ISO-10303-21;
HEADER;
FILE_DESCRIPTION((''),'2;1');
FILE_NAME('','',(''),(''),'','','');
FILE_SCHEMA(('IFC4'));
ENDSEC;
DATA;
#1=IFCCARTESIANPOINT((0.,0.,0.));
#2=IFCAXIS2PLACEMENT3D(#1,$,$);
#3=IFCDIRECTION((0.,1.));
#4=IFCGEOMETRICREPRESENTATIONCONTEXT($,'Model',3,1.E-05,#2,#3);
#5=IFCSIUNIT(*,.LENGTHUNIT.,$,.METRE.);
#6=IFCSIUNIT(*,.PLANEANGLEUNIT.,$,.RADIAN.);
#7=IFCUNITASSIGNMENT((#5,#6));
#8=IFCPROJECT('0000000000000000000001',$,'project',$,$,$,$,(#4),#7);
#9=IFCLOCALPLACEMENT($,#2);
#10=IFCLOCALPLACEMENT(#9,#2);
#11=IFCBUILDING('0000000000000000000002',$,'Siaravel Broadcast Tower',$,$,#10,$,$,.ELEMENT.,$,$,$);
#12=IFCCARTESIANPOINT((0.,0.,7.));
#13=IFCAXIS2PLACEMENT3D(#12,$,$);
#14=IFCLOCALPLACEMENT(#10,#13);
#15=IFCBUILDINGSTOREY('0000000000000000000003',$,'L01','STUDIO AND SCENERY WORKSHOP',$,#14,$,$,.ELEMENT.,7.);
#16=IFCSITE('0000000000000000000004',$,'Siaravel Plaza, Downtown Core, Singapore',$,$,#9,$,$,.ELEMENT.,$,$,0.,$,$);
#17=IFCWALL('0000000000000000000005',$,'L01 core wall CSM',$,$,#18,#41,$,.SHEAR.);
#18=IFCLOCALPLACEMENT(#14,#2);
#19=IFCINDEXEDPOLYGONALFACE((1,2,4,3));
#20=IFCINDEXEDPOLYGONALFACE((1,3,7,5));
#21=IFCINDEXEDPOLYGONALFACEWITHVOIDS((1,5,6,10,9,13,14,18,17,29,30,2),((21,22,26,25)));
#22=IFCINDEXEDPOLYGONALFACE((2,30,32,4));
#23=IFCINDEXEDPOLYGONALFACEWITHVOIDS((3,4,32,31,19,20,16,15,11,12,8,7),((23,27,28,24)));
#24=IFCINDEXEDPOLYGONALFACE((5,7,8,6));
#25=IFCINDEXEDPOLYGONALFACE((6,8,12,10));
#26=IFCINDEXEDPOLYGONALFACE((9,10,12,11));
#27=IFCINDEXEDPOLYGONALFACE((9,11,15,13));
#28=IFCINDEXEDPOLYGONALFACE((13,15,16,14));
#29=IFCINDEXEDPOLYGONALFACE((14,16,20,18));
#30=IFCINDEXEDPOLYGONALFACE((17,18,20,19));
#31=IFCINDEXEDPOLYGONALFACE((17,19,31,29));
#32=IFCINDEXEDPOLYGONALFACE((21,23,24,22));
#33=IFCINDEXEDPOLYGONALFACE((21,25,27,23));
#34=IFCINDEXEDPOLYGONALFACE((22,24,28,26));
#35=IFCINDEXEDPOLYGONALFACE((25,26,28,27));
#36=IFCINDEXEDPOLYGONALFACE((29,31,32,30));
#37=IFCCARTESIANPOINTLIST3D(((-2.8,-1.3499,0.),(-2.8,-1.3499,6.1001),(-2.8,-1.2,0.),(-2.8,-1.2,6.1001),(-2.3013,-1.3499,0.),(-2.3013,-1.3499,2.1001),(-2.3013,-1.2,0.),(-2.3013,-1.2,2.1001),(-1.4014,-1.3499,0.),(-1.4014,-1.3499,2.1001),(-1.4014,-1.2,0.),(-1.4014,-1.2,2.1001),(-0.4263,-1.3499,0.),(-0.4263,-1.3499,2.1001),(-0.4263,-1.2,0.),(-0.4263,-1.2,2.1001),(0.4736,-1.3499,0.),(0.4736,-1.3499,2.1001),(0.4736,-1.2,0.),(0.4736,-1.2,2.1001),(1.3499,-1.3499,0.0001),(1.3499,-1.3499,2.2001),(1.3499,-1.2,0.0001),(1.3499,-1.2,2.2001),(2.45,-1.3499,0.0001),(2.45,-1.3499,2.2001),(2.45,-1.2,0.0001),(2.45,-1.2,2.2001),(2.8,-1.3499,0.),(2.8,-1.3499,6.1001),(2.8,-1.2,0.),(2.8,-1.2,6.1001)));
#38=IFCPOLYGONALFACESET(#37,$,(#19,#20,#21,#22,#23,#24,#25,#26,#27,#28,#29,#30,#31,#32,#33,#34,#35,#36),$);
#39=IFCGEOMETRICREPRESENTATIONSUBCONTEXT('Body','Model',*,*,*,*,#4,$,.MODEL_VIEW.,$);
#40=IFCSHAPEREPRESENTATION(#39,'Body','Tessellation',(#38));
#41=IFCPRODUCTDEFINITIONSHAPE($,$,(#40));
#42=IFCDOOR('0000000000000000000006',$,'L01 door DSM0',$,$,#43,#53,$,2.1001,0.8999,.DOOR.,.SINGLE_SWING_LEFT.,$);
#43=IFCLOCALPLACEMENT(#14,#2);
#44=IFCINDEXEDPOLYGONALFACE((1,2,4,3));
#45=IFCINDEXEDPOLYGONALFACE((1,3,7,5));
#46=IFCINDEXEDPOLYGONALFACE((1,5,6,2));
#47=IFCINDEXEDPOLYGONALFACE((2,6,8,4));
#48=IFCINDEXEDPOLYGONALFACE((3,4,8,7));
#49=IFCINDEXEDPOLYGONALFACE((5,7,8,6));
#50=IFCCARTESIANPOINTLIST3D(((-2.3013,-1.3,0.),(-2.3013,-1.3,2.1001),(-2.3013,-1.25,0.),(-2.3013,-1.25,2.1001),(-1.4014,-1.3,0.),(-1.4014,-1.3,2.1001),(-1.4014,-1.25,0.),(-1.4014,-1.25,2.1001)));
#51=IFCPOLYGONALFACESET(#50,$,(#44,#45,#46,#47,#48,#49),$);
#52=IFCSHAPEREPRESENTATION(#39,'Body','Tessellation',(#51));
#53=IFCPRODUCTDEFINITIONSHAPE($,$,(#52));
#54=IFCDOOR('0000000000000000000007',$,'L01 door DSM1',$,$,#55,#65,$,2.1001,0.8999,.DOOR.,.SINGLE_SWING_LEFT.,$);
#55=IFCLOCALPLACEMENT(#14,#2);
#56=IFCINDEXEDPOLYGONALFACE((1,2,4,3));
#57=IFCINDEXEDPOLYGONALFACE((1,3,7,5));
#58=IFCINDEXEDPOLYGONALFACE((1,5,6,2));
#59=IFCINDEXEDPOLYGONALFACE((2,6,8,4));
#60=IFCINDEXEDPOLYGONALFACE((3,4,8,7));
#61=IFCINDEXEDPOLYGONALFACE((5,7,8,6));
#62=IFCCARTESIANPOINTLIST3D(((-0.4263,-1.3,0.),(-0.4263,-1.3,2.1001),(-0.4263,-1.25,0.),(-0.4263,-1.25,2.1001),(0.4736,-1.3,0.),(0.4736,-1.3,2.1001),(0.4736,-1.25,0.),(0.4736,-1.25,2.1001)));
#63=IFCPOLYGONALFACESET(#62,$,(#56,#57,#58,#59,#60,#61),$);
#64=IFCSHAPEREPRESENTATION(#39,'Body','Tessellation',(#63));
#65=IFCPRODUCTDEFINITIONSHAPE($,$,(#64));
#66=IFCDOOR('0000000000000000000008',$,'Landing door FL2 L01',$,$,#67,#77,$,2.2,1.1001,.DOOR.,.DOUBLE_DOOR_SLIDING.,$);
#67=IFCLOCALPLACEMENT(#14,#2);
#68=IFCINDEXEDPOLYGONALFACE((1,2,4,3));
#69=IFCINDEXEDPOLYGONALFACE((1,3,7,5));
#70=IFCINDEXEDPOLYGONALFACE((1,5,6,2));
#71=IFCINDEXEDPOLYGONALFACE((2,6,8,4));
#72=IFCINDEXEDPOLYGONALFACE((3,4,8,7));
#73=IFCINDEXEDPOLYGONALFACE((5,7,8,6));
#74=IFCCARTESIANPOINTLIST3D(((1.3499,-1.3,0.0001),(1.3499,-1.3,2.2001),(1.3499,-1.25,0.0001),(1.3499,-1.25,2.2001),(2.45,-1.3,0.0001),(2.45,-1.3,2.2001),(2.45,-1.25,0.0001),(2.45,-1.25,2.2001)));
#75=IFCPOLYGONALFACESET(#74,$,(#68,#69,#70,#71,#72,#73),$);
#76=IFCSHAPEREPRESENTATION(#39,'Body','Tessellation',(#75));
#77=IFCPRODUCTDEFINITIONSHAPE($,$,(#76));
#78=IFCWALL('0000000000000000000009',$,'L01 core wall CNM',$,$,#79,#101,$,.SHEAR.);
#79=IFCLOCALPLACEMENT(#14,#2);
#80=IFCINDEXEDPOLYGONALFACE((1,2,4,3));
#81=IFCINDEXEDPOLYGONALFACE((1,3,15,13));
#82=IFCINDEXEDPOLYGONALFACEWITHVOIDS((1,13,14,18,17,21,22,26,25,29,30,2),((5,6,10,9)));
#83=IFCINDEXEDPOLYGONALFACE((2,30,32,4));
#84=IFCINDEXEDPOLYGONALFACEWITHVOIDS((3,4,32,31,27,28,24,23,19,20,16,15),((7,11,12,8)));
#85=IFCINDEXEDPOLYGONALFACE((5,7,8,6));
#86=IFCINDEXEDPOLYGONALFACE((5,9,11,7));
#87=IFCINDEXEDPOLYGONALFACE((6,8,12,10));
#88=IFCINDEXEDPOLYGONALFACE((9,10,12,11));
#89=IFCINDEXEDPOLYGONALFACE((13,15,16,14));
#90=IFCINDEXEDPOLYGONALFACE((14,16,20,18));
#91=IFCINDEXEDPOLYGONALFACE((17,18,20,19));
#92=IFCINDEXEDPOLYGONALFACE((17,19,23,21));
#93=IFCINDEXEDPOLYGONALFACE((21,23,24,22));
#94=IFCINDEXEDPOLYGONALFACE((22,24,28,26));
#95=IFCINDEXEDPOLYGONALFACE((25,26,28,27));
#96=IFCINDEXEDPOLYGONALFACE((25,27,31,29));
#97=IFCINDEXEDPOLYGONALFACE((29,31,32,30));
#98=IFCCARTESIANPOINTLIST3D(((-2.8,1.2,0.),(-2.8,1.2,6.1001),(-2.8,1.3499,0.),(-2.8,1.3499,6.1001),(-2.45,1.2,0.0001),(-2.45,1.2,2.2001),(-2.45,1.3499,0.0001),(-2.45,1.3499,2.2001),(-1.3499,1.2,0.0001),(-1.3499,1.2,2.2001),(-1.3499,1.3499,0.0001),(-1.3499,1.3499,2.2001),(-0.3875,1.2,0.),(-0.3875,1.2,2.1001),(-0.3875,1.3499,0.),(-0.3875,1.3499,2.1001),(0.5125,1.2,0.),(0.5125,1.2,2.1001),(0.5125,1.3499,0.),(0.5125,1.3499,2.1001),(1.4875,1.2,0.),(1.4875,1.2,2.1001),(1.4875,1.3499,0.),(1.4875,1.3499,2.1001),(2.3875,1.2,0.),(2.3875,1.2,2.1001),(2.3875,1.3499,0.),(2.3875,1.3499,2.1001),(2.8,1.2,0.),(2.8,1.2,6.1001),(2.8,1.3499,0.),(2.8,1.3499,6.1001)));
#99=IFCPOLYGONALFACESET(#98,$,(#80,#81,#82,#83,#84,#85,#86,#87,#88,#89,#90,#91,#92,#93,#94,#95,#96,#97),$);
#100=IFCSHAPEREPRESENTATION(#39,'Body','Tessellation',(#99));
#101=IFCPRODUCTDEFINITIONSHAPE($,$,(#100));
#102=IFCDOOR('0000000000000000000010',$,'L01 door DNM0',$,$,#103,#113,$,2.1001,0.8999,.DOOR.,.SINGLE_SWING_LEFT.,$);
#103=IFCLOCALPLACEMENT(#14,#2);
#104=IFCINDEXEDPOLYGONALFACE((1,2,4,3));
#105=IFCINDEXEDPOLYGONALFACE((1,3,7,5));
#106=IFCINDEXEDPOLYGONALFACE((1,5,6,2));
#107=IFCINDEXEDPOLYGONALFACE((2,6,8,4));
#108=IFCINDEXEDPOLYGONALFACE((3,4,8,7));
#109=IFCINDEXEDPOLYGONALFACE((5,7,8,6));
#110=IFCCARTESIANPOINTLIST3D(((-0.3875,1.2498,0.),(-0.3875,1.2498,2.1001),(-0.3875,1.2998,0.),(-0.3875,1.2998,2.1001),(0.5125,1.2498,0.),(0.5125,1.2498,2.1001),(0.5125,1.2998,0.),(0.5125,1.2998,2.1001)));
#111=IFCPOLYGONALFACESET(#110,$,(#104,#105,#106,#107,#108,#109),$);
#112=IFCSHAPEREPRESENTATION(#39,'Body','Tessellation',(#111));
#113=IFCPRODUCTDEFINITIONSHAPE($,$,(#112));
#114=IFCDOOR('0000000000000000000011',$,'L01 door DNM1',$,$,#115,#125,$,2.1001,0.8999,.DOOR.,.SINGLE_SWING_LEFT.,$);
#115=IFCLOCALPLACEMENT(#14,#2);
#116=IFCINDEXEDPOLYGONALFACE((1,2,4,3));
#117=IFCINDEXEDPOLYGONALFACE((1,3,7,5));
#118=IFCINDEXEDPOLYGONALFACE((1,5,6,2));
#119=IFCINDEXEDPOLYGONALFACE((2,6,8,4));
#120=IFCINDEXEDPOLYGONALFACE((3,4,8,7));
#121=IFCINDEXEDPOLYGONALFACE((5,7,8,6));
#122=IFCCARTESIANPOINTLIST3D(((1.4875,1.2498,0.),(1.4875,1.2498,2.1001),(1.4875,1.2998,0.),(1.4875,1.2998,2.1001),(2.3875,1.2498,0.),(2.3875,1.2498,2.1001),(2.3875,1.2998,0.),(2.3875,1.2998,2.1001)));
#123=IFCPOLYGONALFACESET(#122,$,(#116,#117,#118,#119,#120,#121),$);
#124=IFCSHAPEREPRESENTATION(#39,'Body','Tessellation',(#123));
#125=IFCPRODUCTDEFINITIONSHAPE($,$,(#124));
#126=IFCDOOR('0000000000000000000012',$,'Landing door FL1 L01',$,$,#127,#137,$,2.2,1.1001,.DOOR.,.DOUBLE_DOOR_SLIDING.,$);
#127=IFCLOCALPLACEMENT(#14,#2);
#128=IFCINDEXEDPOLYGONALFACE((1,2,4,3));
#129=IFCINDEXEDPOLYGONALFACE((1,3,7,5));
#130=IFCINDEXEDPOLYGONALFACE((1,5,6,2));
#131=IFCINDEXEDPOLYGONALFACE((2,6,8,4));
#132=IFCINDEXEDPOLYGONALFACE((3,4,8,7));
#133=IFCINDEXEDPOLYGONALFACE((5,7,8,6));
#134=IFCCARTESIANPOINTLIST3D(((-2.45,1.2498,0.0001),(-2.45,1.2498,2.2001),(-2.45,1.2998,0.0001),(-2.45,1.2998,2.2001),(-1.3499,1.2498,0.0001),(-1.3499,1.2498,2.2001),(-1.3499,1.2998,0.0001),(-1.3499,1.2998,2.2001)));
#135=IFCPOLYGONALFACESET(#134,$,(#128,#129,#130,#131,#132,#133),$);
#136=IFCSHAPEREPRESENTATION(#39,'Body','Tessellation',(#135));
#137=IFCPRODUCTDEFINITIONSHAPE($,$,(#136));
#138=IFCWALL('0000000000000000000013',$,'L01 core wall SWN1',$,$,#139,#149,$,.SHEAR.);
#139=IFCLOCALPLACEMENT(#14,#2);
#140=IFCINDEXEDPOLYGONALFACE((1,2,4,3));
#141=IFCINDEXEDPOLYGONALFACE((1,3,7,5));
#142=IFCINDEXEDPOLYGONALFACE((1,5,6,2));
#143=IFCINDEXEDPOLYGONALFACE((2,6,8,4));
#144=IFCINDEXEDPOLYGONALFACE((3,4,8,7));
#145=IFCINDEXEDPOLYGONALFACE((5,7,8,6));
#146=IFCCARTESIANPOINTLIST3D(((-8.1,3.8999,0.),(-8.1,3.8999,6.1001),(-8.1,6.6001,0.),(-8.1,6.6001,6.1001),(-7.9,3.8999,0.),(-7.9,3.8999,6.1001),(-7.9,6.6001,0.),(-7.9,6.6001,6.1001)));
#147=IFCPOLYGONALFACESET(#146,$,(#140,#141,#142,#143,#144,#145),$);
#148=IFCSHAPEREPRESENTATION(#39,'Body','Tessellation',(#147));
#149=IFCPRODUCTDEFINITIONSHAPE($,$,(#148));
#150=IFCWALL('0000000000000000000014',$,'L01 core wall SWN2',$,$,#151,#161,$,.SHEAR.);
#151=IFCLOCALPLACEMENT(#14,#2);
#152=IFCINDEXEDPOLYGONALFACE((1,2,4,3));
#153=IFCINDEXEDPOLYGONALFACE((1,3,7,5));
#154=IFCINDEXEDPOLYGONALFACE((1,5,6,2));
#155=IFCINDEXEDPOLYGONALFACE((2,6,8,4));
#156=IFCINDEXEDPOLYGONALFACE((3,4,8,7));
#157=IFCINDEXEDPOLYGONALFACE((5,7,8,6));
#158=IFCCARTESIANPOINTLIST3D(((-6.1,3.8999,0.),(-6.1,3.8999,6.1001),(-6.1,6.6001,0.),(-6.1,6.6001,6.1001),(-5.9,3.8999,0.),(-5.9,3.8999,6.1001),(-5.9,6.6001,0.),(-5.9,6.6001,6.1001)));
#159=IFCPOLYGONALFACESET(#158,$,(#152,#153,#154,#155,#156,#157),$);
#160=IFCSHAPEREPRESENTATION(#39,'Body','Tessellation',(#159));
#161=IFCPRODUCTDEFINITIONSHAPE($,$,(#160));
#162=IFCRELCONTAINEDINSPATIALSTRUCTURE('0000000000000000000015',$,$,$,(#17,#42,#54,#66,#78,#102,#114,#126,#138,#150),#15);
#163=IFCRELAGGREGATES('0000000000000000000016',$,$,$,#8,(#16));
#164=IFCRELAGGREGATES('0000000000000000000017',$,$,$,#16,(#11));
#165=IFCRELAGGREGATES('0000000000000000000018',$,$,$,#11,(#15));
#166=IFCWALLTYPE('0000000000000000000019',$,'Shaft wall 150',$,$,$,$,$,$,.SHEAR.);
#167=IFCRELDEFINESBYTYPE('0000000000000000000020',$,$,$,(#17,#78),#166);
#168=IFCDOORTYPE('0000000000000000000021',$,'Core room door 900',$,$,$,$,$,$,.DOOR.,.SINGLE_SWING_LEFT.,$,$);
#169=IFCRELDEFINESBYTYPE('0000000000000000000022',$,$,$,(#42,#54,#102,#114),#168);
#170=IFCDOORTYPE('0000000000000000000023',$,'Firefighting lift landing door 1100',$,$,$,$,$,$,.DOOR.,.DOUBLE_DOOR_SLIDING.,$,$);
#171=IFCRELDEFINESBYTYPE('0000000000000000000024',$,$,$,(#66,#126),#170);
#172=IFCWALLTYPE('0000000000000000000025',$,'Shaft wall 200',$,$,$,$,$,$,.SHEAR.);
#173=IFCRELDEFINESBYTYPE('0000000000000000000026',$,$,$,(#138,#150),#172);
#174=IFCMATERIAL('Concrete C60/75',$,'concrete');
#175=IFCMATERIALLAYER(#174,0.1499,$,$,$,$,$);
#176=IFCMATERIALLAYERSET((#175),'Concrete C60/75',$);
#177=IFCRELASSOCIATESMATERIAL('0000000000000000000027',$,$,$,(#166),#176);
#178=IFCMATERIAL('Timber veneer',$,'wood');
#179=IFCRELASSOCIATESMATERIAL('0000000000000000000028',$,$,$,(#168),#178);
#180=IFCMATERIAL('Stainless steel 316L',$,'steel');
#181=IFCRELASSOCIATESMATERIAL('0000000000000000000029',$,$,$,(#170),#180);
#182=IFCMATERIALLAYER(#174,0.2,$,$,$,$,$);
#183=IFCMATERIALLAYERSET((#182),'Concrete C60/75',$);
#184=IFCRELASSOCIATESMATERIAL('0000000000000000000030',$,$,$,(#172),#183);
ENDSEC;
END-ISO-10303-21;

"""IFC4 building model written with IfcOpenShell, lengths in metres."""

from ifc_helpers import new_model, si_unit, direction, frame, frame_2d, origin, place, context, subcontext, project, spatial, rectangle, extrude, material, layer, layer_set, type_object, element, fill, save


model = new_model("IFC4")

# Units and contexts
model_context = context("Model", 3, precision=1e-05, world=origin(), true_north=direction((0.0, 1.0)))
body_context = subcontext(model_context, "Body", "Model", "MODEL_VIEW")
ifc_project = project(units=[si_unit("LENGTHUNIT", "METRE"), si_unit("PLANEANGLEUNIT", "RADIAN")], contexts=[model_context])

# Site, building, storey
site_placement = place(None, origin())
site = spatial("IfcSite", under=ifc_project, at=site_placement, Name="Siaravel Plaza, Downtown Core, Singapore", CompositionType="ELEMENT", RefElevation=0.0)
building_placement = place(site_placement, origin())
building = spatial("IfcBuilding", under=site, at=building_placement, Name="Siaravel Broadcast Tower", CompositionType="ELEMENT")
storey_placement = place(building_placement, frame((0.0, 0.0, 7.0)))
storey = spatial("IfcBuildingStorey", under=building, at=storey_placement, Name="L01", Description="STUDIO AND SCENERY WORKSHOP", CompositionType="ELEMENT", Elevation=7.0)

# Walls, openings, doors
ifc_material_1 = material(Name="Concrete C60/75", Category="concrete")
ifc_layer_1 = layer(ifc_material_1, 0.1499)
ifc_layer_set_1 = layer_set([ifc_layer_1], Name="Concrete C60/75")
wall_type_1 = type_object("IfcWallType", Name="Shaft wall 150", PredefinedType="SHEAR", material=ifc_layer_set_1)
wall_1_placement = place(storey_placement, frame((-2.8, -1.2749, 0.0), z_axis=(0.0, 0.0, 1.0), x_axis=(1.0, 0.0, 0.0)))
wall_1 = element("IfcWall", 1, at=wall_1_placement, inside=storey, type_object=wall_type_1, Name="L01 core wall CSM", PredefinedType="SHEAR", context=body_context, shape_type="SweptSolid", body=[
    extrude(rectangle(XDim=5.6001, YDim=0.1499, at=frame_2d((2.8, 0.0))), origin(), (0.0, 0.0, 1.0), 6.1001),
])
opening_1_placement = place(wall_1_placement, frame((4.1499, 0.0, 0.0)))
opening_1 = element("IfcOpeningElement", 2, at=opening_1_placement, cuts=wall_1, PredefinedType="OPENING", context=body_context, shape_type="SweptSolid", body=[
    extrude(rectangle(XDim=1.1001, YDim=2.2, at=frame_2d((0.55, 1.1001))), frame((0.0, 0.085, 0.0), z_axis=(0.0, -1.0, 0.0), x_axis=(1.0, 0.0, 0.0)), (0.0, 0.0, 1.0), 0.1699),
])
opening_2_placement = place(wall_1_placement, frame((0.4988, 0.0, 0.0)))
opening_2 = element("IfcOpeningElement", 3, at=opening_2_placement, cuts=wall_1, PredefinedType="OPENING", context=body_context, shape_type="SweptSolid", body=[
    extrude(rectangle(XDim=0.8999, YDim=2.1001, at=frame_2d((0.45, 1.05))), frame((0.0, 0.085, 0.0), z_axis=(0.0, -1.0, 0.0), x_axis=(1.0, 0.0, 0.0)), (0.0, 0.0, 1.0), 0.1699),
])
opening_3_placement = place(wall_1_placement, frame((2.3738, 0.0, 0.0)))
opening_3 = element("IfcOpeningElement", 4, at=opening_3_placement, cuts=wall_1, PredefinedType="OPENING", context=body_context, shape_type="SweptSolid", body=[
    extrude(rectangle(XDim=0.8999, YDim=2.1001, at=frame_2d((0.45, 1.05))), frame((0.0, 0.085, 0.0), z_axis=(0.0, -1.0, 0.0), x_axis=(1.0, 0.0, 0.0)), (0.0, 0.0, 1.0), 0.1699),
])
ifc_material_2 = material(Name="Timber veneer", Category="wood")
door_type_1 = type_object("IfcDoorType", Name="Core room door 900", OperationType="SINGLE_SWING_LEFT", PredefinedType="DOOR", material=ifc_material_2)
door_1_placement = place(opening_2_placement, origin())
door_1 = element("IfcDoor", 5, at=door_1_placement, inside=storey, type_object=door_type_1, Name="L01 door DSM0", OperationType="SINGLE_SWING_LEFT", OverallHeight=2.1001, OverallWidth=0.8999, PredefinedType="DOOR", context=body_context, shape_type="SweptSolid", body=[
    extrude(rectangle(XDim=0.8999, YDim=2.1001, at=frame_2d((0.45, 1.05))), frame((0.0, 0.0249, 0.0), z_axis=(0.0, -1.0, 0.0), x_axis=(1.0, 0.0, 0.0)), (0.0, 0.0, 1.0), 0.05),
])
fill(opening_2, door_1)
door_2_placement = place(opening_3_placement, origin())
door_2 = element("IfcDoor", 6, at=door_2_placement, inside=storey, type_object=door_type_1, Name="L01 door DSM1", OperationType="SINGLE_SWING_LEFT", OverallHeight=2.1001, OverallWidth=0.8999, PredefinedType="DOOR", context=body_context, shape_type="SweptSolid", body=[
    extrude(rectangle(XDim=0.8999, YDim=2.1001, at=frame_2d((0.45, 1.05))), frame((0.0, 0.0249, 0.0), z_axis=(0.0, -1.0, 0.0), x_axis=(1.0, 0.0, 0.0)), (0.0, 0.0, 1.0), 0.05),
])
fill(opening_3, door_2)
ifc_material_3 = material(Name="Stainless steel 316L", Category="steel")
door_type_2 = type_object("IfcDoorType", Name="Firefighting lift landing door 1100", OperationType="DOUBLE_DOOR_SLIDING", PredefinedType="DOOR", material=ifc_material_3)
door_3_placement = place(opening_1_placement, origin())
door_3 = element("IfcDoor", 7, at=door_3_placement, inside=storey, type_object=door_type_2, Name="Landing door FL2 L01", OperationType="DOUBLE_DOOR_SLIDING", OverallHeight=2.2, OverallWidth=1.1001, PredefinedType="DOOR", context=body_context, shape_type="SweptSolid", body=[
    extrude(rectangle(XDim=1.1001, YDim=2.2, at=frame_2d((0.55, 1.1001))), frame((0.0, 0.0249, 0.0), z_axis=(0.0, -1.0, 0.0), x_axis=(1.0, 0.0, 0.0)), (0.0, 0.0, 1.0), 0.05),
])
fill(opening_1, door_3)
wall_2_placement = place(storey_placement, frame((-2.8, 1.2749, 0.0), z_axis=(0.0, 0.0, 1.0), x_axis=(1.0, 0.0, 0.0)))
wall_2 = element("IfcWall", 8, at=wall_2_placement, inside=storey, type_object=wall_type_1, Name="L01 core wall CNM", PredefinedType="SHEAR", context=body_context, shape_type="SweptSolid", body=[
    extrude(rectangle(XDim=5.6001, YDim=0.1499, at=frame_2d((2.8, 0.0))), origin(), (0.0, 0.0, 1.0), 6.1001),
])
opening_4_placement = place(wall_2_placement, frame((0.3501, 0.0, 0.0)))
opening_4 = element("IfcOpeningElement", 9, at=opening_4_placement, cuts=wall_2, PredefinedType="OPENING", context=body_context, shape_type="SweptSolid", body=[
    extrude(rectangle(XDim=1.1001, YDim=2.2, at=frame_2d((0.55, 1.1001))), frame((0.0, 0.085, 0.0), z_axis=(0.0, -1.0, 0.0), x_axis=(1.0, 0.0, 0.0)), (0.0, 0.0, 1.0), 0.1699),
])
opening_5_placement = place(wall_2_placement, frame((2.4126, 0.0, 0.0)))
opening_5 = element("IfcOpeningElement", 10, at=opening_5_placement, cuts=wall_2, PredefinedType="OPENING", context=body_context, shape_type="SweptSolid", body=[
    extrude(rectangle(XDim=0.8999, YDim=2.1001, at=frame_2d((0.45, 1.05))), frame((0.0, 0.085, 0.0), z_axis=(0.0, -1.0, 0.0), x_axis=(1.0, 0.0, 0.0)), (0.0, 0.0, 1.0), 0.1699),
])
opening_6_placement = place(wall_2_placement, frame((4.2876, 0.0, 0.0)))
opening_6 = element("IfcOpeningElement", 11, at=opening_6_placement, cuts=wall_2, PredefinedType="OPENING", context=body_context, shape_type="SweptSolid", body=[
    extrude(rectangle(XDim=0.8999, YDim=2.1001, at=frame_2d((0.45, 1.05))), frame((0.0, 0.085, 0.0), z_axis=(0.0, -1.0, 0.0), x_axis=(1.0, 0.0, 0.0)), (0.0, 0.0, 1.0), 0.1699),
])
door_4_placement = place(opening_5_placement, origin())
door_4 = element("IfcDoor", 12, at=door_4_placement, inside=storey, type_object=door_type_1, Name="L01 door DNM0", OperationType="SINGLE_SWING_LEFT", OverallHeight=2.1001, OverallWidth=0.8999, PredefinedType="DOOR", context=body_context, shape_type="SweptSolid", body=[
    extrude(rectangle(XDim=0.8999, YDim=2.1001, at=frame_2d((0.45, 1.05))), frame((0.0, 0.0249, 0.0), z_axis=(0.0, -1.0, 0.0), x_axis=(1.0, 0.0, 0.0)), (0.0, 0.0, 1.0), 0.05),
])
fill(opening_5, door_4)
door_5_placement = place(opening_6_placement, origin())
door_5 = element("IfcDoor", 13, at=door_5_placement, inside=storey, type_object=door_type_1, Name="L01 door DNM1", OperationType="SINGLE_SWING_LEFT", OverallHeight=2.1001, OverallWidth=0.8999, PredefinedType="DOOR", context=body_context, shape_type="SweptSolid", body=[
    extrude(rectangle(XDim=0.8999, YDim=2.1001, at=frame_2d((0.45, 1.05))), frame((0.0, 0.0249, 0.0), z_axis=(0.0, -1.0, 0.0), x_axis=(1.0, 0.0, 0.0)), (0.0, 0.0, 1.0), 0.05),
])
fill(opening_6, door_5)
door_6_placement = place(opening_4_placement, origin())
door_6 = element("IfcDoor", 14, at=door_6_placement, inside=storey, type_object=door_type_2, Name="Landing door FL1 L01", OperationType="DOUBLE_DOOR_SLIDING", OverallHeight=2.2, OverallWidth=1.1001, PredefinedType="DOOR", context=body_context, shape_type="SweptSolid", body=[
    extrude(rectangle(XDim=1.1001, YDim=2.2, at=frame_2d((0.55, 1.1001))), frame((0.0, 0.0249, 0.0), z_axis=(0.0, -1.0, 0.0), x_axis=(1.0, 0.0, 0.0)), (0.0, 0.0, 1.0), 0.05),
])
fill(opening_4, door_6)

# Walls
ifc_layer_2 = layer(ifc_material_1, 0.2)
ifc_layer_set_2 = layer_set([ifc_layer_2], Name="Concrete C60/75")
wall_type_2 = type_object("IfcWallType", Name="Shaft wall 200", PredefinedType="SHEAR", material=ifc_layer_set_2)
for number, where, z_axis, x_axis, name in (
    (15, (-8.0, 3.8999, 0.0), (0.0, 0.0, 1.0), (0.0, 1.0, 0.0), "L01 core wall SWN1"),
    (16, (-6.0, 3.8999, 0.0), (0.0, 0.0, 1.0), (0.0, 1.0, 0.0), "L01 core wall SWN2"),
):
    element("IfcWall", number, at=place(storey_placement, frame(where, z_axis=z_axis, x_axis=x_axis)), inside=storey, type_object=wall_type_2, Name=name, PredefinedType="SHEAR", context=body_context, shape_type="SweptSolid", body=[
        extrude(rectangle(XDim=2.7002, YDim=0.2, at=frame_2d((1.3501, 0.0))), origin(), (0.0, 0.0, 1.0), 6.1001),
    ])

save(model, "model.ifc")
